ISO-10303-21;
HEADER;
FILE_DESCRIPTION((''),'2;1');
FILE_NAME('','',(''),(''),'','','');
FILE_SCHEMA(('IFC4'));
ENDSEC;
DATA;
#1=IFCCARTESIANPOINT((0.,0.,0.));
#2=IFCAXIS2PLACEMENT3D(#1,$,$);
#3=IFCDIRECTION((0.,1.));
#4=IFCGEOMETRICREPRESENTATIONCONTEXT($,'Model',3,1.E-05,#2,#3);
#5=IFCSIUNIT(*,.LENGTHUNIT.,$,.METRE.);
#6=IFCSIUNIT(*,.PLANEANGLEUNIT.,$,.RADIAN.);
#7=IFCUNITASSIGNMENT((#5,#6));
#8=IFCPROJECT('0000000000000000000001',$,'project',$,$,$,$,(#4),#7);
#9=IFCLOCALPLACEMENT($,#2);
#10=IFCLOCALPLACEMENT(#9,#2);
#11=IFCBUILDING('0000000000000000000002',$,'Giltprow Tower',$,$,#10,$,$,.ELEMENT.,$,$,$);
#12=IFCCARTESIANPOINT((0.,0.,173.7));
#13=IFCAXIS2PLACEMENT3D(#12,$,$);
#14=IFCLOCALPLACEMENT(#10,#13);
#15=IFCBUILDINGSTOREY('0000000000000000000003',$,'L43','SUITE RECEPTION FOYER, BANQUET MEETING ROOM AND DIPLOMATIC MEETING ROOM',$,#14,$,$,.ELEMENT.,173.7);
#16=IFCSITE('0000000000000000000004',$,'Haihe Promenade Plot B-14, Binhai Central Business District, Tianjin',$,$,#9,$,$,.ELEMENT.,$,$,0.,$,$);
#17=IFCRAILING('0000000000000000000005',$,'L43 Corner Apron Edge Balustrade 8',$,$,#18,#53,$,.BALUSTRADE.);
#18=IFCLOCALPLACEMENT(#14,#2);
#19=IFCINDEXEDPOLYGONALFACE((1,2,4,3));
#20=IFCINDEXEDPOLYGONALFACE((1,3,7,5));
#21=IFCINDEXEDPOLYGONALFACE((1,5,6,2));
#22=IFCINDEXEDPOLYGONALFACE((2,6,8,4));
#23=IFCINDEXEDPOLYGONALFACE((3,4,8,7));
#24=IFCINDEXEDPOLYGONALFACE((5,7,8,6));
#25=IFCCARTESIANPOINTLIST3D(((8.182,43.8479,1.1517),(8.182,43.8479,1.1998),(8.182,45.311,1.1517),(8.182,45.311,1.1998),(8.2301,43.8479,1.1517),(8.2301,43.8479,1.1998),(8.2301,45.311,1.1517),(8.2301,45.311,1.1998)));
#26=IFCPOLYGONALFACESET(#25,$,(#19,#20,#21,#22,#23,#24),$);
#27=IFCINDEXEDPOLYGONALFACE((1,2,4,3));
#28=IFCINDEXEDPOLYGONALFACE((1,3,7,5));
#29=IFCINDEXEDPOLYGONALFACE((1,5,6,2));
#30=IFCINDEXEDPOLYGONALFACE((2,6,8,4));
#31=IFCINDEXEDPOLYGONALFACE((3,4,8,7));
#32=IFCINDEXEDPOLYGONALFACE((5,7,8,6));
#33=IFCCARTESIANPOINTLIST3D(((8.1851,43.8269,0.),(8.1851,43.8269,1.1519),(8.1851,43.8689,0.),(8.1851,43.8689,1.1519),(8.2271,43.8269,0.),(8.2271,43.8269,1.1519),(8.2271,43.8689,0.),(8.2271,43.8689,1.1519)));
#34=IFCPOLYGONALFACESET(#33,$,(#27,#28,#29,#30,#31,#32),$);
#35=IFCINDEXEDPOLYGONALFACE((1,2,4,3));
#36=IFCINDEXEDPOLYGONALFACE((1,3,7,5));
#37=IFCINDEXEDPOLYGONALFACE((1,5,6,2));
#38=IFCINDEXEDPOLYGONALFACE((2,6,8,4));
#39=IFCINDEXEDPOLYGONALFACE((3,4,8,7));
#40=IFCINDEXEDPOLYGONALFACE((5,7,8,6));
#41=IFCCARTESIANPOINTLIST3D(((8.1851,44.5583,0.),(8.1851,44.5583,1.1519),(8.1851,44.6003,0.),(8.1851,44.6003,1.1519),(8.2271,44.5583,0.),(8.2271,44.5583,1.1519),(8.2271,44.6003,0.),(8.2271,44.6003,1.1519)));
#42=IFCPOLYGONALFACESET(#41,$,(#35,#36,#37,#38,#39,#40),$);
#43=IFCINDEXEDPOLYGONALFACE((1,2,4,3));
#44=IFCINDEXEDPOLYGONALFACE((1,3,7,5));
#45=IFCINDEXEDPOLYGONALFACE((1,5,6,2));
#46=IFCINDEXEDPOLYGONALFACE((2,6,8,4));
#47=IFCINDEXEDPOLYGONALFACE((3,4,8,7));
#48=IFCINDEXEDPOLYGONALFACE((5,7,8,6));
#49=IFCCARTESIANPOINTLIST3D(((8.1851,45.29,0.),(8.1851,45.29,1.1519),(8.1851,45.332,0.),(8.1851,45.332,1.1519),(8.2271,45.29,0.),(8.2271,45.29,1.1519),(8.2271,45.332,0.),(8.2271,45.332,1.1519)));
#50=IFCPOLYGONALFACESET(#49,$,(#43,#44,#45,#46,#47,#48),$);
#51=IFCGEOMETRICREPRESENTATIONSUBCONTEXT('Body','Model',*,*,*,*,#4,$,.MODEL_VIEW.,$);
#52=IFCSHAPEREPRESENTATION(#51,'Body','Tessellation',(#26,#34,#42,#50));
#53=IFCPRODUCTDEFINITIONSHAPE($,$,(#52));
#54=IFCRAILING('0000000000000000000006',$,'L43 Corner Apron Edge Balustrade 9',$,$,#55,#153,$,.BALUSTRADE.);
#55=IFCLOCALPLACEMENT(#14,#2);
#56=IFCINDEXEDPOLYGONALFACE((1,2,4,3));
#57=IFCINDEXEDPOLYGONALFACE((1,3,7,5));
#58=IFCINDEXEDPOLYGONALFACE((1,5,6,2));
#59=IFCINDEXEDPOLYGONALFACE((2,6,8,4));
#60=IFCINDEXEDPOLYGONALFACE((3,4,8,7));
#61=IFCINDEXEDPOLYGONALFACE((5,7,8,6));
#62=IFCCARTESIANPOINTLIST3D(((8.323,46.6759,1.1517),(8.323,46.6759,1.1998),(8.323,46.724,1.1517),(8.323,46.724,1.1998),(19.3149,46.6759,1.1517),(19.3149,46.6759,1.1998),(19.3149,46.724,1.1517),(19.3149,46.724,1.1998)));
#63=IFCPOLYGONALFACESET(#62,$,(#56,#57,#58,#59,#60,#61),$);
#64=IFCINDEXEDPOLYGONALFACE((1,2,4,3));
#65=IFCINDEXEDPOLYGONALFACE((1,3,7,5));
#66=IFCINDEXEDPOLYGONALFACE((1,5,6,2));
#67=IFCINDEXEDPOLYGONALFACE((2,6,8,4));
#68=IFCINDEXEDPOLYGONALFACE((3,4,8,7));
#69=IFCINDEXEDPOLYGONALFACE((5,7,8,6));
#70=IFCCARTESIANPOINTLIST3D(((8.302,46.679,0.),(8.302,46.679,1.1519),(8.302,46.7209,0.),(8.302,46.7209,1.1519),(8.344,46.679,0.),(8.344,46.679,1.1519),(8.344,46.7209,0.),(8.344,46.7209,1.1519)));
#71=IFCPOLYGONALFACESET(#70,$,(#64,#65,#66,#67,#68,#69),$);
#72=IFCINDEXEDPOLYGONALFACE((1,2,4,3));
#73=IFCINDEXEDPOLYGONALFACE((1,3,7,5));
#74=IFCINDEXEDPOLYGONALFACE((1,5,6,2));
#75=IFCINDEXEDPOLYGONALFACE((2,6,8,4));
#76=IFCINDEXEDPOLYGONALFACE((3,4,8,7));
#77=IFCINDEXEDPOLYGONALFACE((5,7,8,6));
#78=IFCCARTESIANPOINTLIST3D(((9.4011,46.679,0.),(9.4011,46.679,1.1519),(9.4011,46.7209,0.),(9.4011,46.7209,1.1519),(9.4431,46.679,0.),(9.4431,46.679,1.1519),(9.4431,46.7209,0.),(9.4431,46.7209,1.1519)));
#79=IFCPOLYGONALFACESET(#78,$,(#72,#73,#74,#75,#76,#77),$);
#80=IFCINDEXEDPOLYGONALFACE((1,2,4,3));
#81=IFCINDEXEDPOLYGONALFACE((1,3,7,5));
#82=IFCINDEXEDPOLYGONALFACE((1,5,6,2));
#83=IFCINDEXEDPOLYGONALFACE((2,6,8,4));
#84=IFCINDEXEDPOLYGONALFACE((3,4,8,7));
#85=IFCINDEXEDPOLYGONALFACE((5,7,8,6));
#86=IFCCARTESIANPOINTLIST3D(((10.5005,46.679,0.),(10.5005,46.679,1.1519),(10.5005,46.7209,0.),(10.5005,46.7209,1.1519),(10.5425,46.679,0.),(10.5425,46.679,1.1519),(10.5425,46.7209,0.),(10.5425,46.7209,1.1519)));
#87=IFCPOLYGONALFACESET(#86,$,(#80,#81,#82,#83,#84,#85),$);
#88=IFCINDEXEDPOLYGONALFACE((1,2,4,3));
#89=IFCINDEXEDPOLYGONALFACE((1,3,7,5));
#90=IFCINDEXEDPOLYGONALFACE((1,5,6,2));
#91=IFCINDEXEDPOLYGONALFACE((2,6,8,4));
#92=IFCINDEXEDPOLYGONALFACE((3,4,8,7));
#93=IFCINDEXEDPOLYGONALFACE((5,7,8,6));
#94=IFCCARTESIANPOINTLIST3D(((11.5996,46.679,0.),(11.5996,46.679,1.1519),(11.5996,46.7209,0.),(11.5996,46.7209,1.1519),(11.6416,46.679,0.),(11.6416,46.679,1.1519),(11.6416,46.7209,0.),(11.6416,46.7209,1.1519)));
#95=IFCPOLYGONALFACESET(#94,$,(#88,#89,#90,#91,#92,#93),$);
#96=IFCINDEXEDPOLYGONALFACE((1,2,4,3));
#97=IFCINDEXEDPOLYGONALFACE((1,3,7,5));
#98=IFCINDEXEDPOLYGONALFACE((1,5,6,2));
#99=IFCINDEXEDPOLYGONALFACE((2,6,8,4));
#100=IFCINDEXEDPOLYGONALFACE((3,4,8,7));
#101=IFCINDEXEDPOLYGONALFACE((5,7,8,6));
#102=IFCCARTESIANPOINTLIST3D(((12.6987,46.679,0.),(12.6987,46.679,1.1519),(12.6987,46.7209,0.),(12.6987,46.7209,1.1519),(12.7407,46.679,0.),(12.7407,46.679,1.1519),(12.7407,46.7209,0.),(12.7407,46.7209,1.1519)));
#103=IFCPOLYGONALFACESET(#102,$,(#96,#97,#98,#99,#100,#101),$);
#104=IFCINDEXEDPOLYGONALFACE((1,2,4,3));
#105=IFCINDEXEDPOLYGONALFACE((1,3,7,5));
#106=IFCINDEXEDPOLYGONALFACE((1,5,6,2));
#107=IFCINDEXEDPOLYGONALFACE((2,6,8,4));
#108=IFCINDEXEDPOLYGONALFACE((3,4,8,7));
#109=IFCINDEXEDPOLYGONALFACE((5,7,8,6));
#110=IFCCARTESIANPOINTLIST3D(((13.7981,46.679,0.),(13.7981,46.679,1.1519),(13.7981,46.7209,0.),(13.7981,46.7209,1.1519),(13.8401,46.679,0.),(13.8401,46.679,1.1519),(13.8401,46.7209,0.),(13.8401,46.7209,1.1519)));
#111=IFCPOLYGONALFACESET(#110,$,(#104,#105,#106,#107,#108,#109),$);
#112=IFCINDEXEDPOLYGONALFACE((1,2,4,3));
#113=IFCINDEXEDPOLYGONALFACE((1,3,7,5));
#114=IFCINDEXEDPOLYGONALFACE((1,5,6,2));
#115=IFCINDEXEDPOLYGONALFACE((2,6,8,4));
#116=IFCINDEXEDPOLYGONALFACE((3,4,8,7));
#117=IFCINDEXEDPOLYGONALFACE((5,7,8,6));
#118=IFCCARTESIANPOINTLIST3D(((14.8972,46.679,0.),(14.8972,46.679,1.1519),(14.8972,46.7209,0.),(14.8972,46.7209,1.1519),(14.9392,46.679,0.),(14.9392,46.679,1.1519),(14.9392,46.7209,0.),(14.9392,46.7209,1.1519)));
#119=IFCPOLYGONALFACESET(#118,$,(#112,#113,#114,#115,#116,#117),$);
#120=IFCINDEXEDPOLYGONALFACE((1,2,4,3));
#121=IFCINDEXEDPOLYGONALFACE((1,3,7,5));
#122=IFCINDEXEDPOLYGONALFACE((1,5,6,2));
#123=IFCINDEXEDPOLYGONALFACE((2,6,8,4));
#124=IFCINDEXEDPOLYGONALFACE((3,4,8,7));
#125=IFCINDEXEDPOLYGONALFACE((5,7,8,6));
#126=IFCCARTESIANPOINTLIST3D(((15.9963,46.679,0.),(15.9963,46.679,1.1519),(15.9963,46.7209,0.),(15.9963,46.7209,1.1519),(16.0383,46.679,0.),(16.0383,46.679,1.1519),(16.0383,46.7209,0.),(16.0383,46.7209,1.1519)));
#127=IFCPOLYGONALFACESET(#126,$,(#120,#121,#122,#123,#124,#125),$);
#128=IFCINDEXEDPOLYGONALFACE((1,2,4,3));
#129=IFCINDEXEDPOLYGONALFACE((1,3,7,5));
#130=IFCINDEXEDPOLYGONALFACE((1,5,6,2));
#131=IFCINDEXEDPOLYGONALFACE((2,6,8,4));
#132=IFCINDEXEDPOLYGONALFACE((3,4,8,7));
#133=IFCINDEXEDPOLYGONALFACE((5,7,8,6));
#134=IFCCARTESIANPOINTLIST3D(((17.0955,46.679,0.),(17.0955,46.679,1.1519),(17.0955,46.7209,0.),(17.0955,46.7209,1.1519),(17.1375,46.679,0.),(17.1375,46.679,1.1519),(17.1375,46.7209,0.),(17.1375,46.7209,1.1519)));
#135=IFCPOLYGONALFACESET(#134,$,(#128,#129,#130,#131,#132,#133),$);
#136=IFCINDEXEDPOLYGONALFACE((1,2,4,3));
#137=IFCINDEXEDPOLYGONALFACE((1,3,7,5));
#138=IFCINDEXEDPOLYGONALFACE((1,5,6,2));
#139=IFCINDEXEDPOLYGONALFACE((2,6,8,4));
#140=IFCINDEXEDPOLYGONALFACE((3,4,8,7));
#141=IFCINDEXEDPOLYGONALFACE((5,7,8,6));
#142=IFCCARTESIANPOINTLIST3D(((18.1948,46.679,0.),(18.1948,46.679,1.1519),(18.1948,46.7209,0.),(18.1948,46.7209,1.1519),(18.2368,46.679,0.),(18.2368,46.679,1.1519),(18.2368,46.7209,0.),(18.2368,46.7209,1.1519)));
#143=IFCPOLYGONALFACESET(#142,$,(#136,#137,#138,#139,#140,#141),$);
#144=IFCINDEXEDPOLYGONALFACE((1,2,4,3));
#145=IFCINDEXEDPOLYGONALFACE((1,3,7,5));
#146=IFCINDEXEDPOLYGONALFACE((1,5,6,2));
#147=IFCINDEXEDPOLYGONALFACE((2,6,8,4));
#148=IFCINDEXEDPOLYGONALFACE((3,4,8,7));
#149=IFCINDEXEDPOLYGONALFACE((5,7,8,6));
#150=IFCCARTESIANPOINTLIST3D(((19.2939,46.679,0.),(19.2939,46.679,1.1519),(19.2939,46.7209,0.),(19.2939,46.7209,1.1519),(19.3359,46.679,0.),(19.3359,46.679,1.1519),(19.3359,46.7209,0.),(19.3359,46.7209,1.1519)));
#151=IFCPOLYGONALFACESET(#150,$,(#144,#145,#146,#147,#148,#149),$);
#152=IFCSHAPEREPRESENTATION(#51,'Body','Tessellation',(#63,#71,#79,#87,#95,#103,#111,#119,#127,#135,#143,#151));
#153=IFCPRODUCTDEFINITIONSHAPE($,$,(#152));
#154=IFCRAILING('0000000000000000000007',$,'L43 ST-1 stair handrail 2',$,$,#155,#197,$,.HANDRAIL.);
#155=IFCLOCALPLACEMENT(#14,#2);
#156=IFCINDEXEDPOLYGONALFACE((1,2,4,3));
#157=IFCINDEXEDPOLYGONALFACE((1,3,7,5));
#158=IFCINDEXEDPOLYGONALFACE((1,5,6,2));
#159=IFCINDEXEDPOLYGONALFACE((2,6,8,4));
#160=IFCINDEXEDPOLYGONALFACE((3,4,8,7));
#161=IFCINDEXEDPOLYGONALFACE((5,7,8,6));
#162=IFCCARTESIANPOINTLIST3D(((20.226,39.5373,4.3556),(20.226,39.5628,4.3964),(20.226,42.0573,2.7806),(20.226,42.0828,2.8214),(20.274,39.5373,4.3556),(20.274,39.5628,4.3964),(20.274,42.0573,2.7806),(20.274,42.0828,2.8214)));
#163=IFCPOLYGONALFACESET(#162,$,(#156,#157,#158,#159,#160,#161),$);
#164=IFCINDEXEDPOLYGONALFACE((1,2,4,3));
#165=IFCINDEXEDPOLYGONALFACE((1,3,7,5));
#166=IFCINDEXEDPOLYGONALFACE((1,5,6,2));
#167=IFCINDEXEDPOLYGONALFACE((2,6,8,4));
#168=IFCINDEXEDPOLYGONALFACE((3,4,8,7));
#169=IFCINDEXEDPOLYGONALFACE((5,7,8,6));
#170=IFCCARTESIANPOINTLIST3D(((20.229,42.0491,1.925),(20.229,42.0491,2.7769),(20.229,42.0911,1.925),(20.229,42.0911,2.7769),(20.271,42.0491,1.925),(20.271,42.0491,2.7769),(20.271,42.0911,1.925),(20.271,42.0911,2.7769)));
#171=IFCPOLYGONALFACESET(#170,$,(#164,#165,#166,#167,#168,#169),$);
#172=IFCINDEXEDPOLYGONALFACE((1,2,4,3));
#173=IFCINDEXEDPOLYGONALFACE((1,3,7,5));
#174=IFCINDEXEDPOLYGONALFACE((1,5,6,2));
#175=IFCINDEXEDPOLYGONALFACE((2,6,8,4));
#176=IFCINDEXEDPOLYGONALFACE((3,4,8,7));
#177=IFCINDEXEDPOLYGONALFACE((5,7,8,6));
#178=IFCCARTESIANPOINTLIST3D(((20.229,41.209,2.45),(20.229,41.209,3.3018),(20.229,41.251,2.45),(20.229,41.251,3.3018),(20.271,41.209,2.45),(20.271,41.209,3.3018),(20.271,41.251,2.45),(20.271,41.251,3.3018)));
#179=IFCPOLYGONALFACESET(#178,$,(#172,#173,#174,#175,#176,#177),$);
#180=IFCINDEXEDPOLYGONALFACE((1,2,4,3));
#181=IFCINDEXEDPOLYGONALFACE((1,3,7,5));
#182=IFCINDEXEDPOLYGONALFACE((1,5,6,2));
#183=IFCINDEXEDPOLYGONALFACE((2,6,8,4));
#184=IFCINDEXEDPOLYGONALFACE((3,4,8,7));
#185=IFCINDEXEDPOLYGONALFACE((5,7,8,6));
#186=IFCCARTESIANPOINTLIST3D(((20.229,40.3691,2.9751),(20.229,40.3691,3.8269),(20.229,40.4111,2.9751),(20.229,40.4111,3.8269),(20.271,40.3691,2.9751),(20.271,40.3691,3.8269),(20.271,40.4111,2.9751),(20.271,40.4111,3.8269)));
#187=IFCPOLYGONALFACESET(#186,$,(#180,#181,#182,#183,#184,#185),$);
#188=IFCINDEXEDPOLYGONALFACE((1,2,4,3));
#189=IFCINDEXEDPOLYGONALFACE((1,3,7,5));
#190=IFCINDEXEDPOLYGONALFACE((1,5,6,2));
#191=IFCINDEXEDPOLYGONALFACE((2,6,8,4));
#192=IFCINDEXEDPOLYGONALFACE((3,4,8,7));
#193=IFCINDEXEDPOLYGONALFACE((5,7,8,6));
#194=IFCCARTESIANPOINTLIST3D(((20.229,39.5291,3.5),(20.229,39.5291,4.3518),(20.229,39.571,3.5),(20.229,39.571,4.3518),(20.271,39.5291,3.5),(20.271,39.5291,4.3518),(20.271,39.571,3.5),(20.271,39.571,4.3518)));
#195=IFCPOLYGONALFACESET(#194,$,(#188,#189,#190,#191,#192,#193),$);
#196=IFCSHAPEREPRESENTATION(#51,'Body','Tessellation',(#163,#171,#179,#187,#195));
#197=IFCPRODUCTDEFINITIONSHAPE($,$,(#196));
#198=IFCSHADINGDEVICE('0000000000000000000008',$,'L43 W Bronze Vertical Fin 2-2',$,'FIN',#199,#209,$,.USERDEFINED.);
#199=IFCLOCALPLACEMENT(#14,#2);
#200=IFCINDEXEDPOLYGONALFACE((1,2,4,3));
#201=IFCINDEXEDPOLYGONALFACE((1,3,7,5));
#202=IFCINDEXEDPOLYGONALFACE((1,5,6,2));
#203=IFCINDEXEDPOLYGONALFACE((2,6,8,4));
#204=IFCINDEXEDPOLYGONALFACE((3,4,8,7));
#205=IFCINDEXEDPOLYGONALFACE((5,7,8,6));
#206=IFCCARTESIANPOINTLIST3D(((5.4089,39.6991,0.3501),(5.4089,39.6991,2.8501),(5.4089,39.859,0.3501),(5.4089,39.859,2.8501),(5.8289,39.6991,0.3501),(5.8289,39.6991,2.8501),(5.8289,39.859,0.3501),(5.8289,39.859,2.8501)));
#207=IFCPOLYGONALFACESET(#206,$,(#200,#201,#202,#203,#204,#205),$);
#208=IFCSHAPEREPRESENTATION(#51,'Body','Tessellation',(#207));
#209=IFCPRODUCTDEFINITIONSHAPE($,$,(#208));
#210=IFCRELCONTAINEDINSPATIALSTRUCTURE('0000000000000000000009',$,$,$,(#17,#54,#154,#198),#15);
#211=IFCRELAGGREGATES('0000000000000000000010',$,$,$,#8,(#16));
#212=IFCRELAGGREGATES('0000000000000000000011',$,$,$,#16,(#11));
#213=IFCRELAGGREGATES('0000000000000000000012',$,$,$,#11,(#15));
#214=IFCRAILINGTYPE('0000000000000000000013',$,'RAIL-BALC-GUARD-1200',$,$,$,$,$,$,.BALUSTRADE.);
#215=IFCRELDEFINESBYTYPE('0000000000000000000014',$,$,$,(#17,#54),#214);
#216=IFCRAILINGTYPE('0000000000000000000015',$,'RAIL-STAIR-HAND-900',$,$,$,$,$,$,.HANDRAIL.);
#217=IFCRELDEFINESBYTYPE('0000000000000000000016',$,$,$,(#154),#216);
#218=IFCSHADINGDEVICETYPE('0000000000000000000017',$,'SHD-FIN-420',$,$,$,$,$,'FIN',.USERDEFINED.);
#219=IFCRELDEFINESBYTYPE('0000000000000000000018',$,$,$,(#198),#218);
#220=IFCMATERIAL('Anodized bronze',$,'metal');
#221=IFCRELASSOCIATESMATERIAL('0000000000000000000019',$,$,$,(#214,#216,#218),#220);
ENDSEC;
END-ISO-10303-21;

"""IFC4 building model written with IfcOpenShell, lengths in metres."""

from ifc_helpers import new_model, si_unit, direction, frame, origin, origin_2d, place, context, subcontext, project, spatial, rectangle, extrude, source, transform, mapped, material, type_object, element, save


model = new_model("IFC4")

# Units and contexts
model_context = context("Model", 3, precision=1e-05, world=origin(), true_north=direction((0.0, 1.0)))
body_context = subcontext(model_context, "Body", "Model", "MODEL_VIEW")
ifc_project = project(units=[si_unit("LENGTHUNIT", "METRE"), si_unit("PLANEANGLEUNIT", "RADIAN")], contexts=[model_context])

# Site, building, storey
site_placement = place(None, origin())
site = spatial("IfcSite", under=ifc_project, at=site_placement, Name="Haihe Promenade Plot B-14, Binhai Central Business District, Tianjin", CompositionType="ELEMENT", RefElevation=0.0)
building_placement = place(site_placement, origin())
building = spatial("IfcBuilding", under=site, at=building_placement, Name="Giltprow Tower", CompositionType="ELEMENT")
storey_placement = place(building_placement, frame((0.0, 0.0, 173.7)))
storey = spatial("IfcBuildingStorey", under=building, at=storey_placement, Name="L43", Description="SUITE RECEPTION FOYER, BANQUET MEETING ROOM AND DIPLOMATIC MEETING ROOM", CompositionType="ELEMENT", Elevation=173.7)

# Railings
ifc_material_1 = material(Name="Anodized bronze", Category="metal")
railing_type_1 = type_object("IfcRailingType", Name="RAIL-BALC-GUARD-1200", PredefinedType="BALUSTRADE", material=ifc_material_1)
railing_1_placement = place(storey_placement, frame((8.2061, 43.8479, 0.0)))
element("IfcRailing", 1, at=railing_1_placement, inside=storey, type_object=railing_type_1, Name="L43 Corner Apron Edge Balustrade 8", PredefinedType="BALUSTRADE", context=body_context, shape_type="SweptSolid", body=[
    extrude(rectangle(XDim=0.0481, YDim=0.0481, at=origin_2d()), frame((0.0, 0.0, 1.1758), z_axis=(0.0, 1.0, 0.0), x_axis=(-1.0, 0.0, 0.0)), (0.0, 0.0, 1.0), 1.4631),
    extrude(rectangle(XDim=0.042, YDim=0.042, at=origin_2d()), origin(), (0.0, 0.0, 1.0), 1.1519),
    extrude(rectangle(XDim=0.042, YDim=0.042, at=origin_2d()), frame((0.0, 0.7314, 0.0)), (0.0, 0.0, 1.0), 1.1519),
    extrude(rectangle(XDim=0.042, YDim=0.042, at=origin_2d()), frame((0.0, 1.4631, 0.0)), (0.0, 0.0, 1.0), 1.1519),
])
railing_2_placement = place(storey_placement, frame((8.323, 46.7, 0.0)))
element("IfcRailing", 2, at=railing_2_placement, inside=storey, type_object=railing_type_1, Name="L43 Corner Apron Edge Balustrade 9", PredefinedType="BALUSTRADE", context=body_context, shape_type="SweptSolid", body=[
    extrude(rectangle(XDim=0.0481, YDim=0.0481, at=origin_2d()), frame((0.0, 0.0, 1.1758), z_axis=(1.0, 0.0, 0.0), x_axis=(0.0, 1.0, 0.0)), (0.0, 0.0, 1.0), 10.9919),
    extrude(rectangle(XDim=0.042, YDim=0.042, at=origin_2d()), origin(), (0.0, 0.0, 1.0), 1.1519),
    extrude(rectangle(XDim=0.042, YDim=0.042, at=origin_2d()), frame((1.0991, 0.0, 0.0)), (0.0, 0.0, 1.0), 1.1519),
    extrude(rectangle(XDim=0.042, YDim=0.042, at=origin_2d()), frame((2.1985, 0.0, 0.0)), (0.0, 0.0, 1.0), 1.1519),
    extrude(rectangle(XDim=0.042, YDim=0.042, at=origin_2d()), frame((3.2976, 0.0, 0.0)), (0.0, 0.0, 1.0), 1.1519),
    extrude(rectangle(XDim=0.042, YDim=0.042, at=origin_2d()), frame((4.3967, 0.0, 0.0)), (0.0, 0.0, 1.0), 1.1519),
    extrude(rectangle(XDim=0.042, YDim=0.042, at=origin_2d()), frame((5.4961, 0.0, 0.0)), (0.0, 0.0, 1.0), 1.1519),
    extrude(rectangle(XDim=0.042, YDim=0.042, at=origin_2d()), frame((6.5952, 0.0, 0.0)), (0.0, 0.0, 1.0), 1.1519),
    extrude(rectangle(XDim=0.042, YDim=0.042, at=origin_2d()), frame((7.6943, 0.0, 0.0)), (0.0, 0.0, 1.0), 1.1519),
    extrude(rectangle(XDim=0.042, YDim=0.042, at=origin_2d()), frame((8.7935, 0.0, 0.0)), (0.0, 0.0, 1.0), 1.1519),
    extrude(rectangle(XDim=0.042, YDim=0.042, at=origin_2d()), frame((9.8928, 0.0, 0.0)), (0.0, 0.0, 1.0), 1.1519),
    extrude(rectangle(XDim=0.042, YDim=0.042, at=origin_2d()), frame((10.9919, 0.0, 0.0)), (0.0, 0.0, 1.0), 1.1519),
])
railing_type_2 = type_object("IfcRailingType", Name="RAIL-STAIR-HAND-900", PredefinedType="HANDRAIL", material=ifc_material_1)
railing_3_placement = place(storey_placement, frame((20.25, 42.0701, 1.925)))
element("IfcRailing", 3, at=railing_3_placement, inside=storey, type_object=railing_type_2, Name="L43 ST-1 stair handrail 2", PredefinedType="HANDRAIL", context=body_context, shape_type="SweptSolid", body=[
    extrude(rectangle(XDim=0.0481, YDim=0.0481, at=origin_2d()), frame((0.0, 0.0, 0.876), z_axis=(0.0, -0.848008, 0.529984), x_axis=(1.0, 0.0, 0.0)), (0.0, 0.0, 1.0), 2.9717),
    extrude(rectangle(XDim=0.042, YDim=0.042, at=origin_2d()), origin(), (0.0, 0.0, 1.0), 0.8518),
    extrude(rectangle(XDim=0.042, YDim=0.042, at=origin_2d()), frame((0.0, -0.8401, 0.5249)), (0.0, 0.0, 1.0), 0.8518),
    extrude(rectangle(XDim=0.042, YDim=0.042, at=origin_2d()), frame((0.0, -1.6799, 1.05)), (0.0, 0.0, 1.0), 0.8518),
    extrude(rectangle(XDim=0.042, YDim=0.042, at=origin_2d()), frame((0.0, -2.52, 1.575)), (0.0, 0.0, 1.0), 0.8518),
])

# Shading device
shading_device_type = type_object("IfcShadingDeviceType", Name="SHD-FIN-420", ElementType="FIN", PredefinedType="USERDEFINED", material=ifc_material_1)
shared_shape_1 = source(origin(), body_context, "Body", "SweptSolid", [
    extrude(rectangle(XDim=0.4199, YDim=0.1599, at=origin_2d()), origin(), (0.0, 0.0, 1.0), 2.5),
])
shading_device_placement = place(storey_placement, frame((5.6189, 39.7791, 0.3501), z_axis=(0.0, 0.0, 1.0), x_axis=(1.0, 0.0, 0.0)))
element("IfcShadingDevice", 4, at=shading_device_placement, inside=storey, type_object=shading_device_type, Name="L43 W Bronze Vertical Fin 2-2", ObjectType="FIN", PredefinedType="USERDEFINED", context=body_context, shape_type="MappedRepresentation", body=[
    mapped(shared_shape_1, transform((0.0, 0.0, 0.0), x_axis=(1.0, 0.0, 0.0), y_axis=(0.0, 1.0, 0.0), z_axis=(0.0, 0.0, 1.0), scale=1.0)),
])

save(model, "model.ifc")
